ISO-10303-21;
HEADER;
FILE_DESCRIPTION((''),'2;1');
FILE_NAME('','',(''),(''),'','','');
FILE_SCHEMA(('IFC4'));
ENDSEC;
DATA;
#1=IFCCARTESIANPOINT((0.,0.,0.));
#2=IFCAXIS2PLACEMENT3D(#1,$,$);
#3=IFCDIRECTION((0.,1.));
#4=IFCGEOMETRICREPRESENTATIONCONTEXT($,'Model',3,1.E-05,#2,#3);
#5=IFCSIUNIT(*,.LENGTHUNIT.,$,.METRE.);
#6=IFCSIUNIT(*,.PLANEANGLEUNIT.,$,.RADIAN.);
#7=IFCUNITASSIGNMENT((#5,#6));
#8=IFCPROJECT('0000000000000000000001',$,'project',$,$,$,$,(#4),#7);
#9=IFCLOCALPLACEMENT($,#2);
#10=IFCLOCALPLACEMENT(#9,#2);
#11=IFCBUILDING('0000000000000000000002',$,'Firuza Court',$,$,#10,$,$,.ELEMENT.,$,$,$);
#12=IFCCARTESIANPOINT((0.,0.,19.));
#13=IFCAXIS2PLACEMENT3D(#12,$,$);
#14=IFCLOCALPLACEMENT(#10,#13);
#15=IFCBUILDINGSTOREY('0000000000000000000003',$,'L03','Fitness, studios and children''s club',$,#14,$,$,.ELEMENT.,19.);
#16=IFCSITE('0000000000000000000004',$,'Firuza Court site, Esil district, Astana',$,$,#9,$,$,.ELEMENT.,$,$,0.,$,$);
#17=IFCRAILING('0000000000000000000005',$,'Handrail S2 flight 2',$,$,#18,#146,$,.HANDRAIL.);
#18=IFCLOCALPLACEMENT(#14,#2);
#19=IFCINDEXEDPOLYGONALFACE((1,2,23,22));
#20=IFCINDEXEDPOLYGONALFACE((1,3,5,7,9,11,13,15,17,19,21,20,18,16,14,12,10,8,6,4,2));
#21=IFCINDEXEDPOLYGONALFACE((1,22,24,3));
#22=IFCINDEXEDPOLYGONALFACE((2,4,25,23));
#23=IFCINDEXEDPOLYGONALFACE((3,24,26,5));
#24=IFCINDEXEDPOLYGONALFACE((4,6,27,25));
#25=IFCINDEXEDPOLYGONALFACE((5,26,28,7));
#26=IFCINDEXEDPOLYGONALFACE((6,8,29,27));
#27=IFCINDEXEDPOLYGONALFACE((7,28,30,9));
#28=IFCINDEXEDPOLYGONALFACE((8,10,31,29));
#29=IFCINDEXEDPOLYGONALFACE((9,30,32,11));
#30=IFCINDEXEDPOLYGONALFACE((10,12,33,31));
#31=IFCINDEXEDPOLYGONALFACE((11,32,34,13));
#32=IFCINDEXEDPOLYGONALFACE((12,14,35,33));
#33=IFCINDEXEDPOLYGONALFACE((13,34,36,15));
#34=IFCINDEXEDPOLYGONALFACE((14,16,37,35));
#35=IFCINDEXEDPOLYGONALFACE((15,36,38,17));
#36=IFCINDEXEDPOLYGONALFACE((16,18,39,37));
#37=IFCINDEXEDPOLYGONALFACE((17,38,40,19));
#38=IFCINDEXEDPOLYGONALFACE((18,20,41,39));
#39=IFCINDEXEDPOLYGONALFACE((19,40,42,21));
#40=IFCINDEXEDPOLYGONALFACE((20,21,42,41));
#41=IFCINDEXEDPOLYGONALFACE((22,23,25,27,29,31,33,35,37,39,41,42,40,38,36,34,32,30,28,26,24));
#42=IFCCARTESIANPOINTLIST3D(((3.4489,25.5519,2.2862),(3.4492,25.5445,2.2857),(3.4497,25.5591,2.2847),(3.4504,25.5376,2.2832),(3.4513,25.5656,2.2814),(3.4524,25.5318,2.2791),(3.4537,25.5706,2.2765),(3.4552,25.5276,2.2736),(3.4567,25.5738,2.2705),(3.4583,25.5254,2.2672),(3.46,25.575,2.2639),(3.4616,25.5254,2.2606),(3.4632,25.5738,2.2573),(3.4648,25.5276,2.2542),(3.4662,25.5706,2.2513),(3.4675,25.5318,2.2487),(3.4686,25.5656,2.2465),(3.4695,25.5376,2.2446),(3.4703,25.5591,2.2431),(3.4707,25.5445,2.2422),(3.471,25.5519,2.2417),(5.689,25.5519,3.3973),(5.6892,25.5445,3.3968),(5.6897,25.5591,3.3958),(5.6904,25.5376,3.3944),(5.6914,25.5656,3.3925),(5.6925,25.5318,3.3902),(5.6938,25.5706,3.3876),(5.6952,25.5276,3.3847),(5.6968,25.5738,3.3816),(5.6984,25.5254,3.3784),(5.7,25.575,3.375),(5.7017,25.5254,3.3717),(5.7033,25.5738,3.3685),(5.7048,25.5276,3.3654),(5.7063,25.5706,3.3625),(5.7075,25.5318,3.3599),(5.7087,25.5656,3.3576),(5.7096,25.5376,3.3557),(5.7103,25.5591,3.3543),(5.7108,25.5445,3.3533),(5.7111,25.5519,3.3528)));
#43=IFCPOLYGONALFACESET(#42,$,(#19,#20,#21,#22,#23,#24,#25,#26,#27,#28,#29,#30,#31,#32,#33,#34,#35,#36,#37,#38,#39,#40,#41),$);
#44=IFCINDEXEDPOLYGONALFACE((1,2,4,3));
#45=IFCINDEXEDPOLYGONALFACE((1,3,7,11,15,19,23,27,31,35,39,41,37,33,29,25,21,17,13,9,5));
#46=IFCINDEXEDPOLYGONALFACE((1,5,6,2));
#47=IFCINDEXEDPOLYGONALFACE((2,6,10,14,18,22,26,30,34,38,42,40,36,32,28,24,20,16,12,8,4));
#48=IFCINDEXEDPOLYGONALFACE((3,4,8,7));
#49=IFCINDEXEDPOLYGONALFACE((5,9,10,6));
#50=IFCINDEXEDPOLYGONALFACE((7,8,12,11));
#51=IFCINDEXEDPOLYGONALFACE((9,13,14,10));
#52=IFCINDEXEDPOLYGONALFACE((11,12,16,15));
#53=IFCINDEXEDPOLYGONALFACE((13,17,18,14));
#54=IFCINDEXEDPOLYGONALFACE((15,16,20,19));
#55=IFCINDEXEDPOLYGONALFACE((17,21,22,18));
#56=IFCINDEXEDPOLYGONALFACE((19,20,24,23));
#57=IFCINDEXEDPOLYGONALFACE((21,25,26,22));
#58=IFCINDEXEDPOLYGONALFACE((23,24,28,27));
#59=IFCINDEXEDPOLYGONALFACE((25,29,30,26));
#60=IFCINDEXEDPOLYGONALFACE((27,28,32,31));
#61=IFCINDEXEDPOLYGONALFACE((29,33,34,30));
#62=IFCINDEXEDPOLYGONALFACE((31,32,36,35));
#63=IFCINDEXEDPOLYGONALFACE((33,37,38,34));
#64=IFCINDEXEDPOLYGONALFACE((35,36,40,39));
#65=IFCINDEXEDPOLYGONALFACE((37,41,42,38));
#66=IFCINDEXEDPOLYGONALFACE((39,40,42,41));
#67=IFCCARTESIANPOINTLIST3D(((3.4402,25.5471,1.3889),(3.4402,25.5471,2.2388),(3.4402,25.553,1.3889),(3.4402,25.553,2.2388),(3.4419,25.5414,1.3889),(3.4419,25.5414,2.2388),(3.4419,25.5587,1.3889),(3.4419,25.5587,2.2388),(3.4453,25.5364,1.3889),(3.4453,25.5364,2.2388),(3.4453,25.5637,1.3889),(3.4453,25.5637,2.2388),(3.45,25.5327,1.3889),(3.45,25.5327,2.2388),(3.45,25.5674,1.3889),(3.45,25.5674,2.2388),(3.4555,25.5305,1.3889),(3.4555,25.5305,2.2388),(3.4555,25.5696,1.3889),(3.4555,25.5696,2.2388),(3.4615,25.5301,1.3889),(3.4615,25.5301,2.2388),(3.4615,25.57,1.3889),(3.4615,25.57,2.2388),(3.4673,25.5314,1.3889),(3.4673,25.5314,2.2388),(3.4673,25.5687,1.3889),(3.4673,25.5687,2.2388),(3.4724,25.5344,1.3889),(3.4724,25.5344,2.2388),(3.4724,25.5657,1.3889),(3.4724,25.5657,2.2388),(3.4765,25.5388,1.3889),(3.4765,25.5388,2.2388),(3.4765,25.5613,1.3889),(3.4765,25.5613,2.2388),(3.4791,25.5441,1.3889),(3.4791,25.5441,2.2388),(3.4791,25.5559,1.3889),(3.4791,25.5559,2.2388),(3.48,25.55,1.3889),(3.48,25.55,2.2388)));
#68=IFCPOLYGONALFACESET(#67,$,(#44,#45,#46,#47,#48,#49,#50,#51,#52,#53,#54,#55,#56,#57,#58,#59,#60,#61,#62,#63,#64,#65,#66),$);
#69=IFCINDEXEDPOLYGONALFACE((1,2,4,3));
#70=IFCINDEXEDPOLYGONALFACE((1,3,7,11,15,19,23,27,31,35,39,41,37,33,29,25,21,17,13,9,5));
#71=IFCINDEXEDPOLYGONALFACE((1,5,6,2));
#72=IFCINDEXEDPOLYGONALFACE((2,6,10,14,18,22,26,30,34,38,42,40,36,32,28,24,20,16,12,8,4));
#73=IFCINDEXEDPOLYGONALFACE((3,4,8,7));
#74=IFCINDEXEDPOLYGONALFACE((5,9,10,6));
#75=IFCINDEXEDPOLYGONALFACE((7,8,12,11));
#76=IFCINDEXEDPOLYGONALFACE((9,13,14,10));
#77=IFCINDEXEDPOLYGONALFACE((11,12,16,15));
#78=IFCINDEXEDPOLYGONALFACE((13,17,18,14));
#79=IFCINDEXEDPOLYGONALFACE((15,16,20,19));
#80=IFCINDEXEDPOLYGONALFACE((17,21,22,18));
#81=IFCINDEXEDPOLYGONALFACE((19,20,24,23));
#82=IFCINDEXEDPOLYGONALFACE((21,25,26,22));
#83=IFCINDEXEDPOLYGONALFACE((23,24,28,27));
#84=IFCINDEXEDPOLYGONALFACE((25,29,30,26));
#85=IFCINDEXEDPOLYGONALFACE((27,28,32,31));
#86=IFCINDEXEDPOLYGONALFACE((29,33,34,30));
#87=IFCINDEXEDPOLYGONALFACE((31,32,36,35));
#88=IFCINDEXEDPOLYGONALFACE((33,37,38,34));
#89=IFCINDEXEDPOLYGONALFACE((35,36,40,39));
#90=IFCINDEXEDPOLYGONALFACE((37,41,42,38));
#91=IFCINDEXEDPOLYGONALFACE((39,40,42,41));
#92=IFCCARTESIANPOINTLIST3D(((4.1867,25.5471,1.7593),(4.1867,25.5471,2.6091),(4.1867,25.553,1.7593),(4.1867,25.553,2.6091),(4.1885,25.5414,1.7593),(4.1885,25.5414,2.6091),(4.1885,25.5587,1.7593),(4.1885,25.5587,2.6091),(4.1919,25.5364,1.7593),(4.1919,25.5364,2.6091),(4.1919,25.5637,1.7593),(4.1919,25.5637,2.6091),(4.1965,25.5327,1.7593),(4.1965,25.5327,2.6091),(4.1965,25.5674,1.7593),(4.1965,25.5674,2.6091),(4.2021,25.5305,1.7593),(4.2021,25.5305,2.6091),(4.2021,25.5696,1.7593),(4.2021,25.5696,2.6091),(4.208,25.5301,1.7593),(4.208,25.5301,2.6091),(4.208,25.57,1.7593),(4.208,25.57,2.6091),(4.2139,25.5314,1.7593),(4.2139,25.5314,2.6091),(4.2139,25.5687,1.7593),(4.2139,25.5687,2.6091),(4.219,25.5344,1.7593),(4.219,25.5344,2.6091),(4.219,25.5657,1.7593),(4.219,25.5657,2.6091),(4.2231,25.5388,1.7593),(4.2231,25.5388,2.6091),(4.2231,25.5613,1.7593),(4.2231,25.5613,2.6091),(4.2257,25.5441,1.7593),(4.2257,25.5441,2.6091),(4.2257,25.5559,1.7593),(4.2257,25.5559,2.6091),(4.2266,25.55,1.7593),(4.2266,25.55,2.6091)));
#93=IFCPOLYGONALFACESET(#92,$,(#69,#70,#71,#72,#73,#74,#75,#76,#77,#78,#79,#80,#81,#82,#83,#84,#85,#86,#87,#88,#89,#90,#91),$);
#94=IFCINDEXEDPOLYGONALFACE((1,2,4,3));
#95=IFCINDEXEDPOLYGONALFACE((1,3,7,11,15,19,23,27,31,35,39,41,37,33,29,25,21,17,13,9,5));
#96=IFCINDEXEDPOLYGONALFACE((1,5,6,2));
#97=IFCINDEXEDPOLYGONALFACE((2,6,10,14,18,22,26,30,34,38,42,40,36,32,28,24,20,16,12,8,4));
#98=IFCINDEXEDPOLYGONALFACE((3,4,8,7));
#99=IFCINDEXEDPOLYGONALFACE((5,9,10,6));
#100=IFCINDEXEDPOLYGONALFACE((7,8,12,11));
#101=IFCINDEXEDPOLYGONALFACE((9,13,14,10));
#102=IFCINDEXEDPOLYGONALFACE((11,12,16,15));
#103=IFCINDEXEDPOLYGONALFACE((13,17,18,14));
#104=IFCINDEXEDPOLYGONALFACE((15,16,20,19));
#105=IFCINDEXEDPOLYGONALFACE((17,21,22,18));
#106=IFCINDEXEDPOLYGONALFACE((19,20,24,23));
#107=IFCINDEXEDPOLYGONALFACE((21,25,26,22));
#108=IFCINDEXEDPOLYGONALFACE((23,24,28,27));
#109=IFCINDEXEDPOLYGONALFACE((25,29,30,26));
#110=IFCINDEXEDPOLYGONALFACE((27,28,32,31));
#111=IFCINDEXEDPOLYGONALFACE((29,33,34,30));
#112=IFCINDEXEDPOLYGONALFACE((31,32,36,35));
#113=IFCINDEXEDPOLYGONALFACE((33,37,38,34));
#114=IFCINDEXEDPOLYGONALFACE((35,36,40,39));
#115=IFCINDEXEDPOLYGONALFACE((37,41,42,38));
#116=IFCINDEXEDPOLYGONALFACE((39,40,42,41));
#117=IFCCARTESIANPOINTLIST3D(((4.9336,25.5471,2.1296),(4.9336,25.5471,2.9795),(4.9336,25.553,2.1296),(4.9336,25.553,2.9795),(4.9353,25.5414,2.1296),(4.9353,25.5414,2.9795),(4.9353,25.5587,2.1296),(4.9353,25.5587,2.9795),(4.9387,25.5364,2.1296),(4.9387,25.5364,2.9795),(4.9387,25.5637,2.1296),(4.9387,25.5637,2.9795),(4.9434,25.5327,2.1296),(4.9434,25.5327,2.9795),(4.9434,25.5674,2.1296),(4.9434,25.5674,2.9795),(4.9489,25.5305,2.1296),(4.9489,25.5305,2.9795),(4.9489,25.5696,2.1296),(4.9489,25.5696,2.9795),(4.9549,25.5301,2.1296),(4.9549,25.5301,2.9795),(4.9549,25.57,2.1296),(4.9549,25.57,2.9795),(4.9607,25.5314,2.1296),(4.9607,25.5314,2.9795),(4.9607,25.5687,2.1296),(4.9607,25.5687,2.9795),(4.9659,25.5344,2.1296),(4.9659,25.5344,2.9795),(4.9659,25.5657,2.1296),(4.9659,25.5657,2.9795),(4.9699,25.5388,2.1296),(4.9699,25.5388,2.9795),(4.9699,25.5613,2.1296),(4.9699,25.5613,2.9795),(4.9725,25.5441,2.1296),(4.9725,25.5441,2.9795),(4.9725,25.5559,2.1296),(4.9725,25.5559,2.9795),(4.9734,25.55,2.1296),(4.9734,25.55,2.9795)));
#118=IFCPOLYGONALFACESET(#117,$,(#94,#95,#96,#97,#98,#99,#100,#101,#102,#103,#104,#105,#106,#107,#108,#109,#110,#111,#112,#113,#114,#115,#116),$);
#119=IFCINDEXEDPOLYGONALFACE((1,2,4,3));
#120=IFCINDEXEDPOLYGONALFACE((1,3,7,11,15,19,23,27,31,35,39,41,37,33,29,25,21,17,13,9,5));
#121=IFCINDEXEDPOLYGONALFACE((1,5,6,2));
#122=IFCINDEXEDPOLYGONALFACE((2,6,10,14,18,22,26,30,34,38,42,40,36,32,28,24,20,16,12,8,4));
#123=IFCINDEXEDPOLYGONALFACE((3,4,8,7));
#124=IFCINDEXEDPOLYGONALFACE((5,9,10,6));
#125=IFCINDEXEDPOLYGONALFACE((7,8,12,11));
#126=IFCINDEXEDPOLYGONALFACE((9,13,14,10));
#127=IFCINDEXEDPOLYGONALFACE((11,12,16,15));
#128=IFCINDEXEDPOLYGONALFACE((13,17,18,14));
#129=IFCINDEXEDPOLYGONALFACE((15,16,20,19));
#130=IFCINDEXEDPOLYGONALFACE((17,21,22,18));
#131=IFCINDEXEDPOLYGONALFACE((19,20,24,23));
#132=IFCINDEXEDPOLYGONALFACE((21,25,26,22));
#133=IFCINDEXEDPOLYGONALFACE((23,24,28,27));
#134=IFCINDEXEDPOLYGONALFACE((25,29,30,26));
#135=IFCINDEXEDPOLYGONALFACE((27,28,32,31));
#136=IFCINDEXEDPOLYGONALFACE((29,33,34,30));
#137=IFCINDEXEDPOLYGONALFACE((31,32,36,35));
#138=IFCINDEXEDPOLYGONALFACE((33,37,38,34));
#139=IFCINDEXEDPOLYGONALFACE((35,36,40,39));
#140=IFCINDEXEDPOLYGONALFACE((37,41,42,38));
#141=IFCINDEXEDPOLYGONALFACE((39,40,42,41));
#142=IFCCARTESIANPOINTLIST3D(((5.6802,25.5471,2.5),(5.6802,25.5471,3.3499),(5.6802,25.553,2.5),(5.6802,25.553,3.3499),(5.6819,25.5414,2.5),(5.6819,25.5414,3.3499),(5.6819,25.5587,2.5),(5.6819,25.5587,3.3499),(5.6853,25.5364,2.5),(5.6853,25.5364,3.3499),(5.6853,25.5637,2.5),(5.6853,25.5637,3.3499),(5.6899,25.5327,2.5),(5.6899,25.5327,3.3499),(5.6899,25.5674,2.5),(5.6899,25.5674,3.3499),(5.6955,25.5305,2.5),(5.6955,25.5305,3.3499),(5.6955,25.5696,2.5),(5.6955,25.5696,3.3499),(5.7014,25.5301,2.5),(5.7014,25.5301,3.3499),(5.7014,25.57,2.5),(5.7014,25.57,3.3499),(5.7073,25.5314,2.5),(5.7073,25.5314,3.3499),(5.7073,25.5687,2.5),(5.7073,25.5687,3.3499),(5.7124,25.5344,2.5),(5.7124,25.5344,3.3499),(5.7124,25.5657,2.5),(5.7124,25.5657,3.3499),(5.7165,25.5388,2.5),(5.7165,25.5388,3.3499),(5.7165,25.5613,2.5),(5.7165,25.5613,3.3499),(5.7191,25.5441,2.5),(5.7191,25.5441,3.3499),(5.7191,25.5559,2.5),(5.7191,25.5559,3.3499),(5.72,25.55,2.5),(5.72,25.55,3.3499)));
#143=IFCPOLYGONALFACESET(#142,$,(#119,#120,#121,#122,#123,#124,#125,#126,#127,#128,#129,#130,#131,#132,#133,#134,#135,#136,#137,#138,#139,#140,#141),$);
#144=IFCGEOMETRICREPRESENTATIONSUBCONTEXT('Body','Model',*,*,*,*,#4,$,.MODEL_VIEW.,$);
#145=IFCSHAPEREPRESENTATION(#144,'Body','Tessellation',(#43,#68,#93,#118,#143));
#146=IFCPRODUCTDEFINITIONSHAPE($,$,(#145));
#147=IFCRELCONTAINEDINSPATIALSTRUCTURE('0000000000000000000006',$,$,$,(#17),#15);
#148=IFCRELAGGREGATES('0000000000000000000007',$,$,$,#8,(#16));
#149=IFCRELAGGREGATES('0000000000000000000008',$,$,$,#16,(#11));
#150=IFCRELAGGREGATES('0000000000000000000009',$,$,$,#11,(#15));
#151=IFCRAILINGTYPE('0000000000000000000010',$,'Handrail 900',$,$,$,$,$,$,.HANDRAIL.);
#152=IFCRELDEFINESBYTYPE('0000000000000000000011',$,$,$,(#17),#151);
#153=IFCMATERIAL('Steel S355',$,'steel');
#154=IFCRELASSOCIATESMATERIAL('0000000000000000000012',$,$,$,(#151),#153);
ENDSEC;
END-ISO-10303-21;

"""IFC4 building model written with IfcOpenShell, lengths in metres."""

from ifc_helpers import new_model, si_unit, direction, frame, origin, origin_2d, place, context, subcontext, project, spatial, circle, extrude, material, type_object, element, save


model = new_model("IFC4")

# Units and contexts
model_context = context("Model", 3, precision=1e-05, world=origin(), true_north=direction((0.0, 1.0)))
body_context = subcontext(model_context, "Body", "Model", "MODEL_VIEW")
ifc_project = project(units=[si_unit("LENGTHUNIT", "METRE"), si_unit("PLANEANGLEUNIT", "RADIAN")], contexts=[model_context])

# Site, building, storey
site_placement = place(None, origin())
site = spatial("IfcSite", under=ifc_project, at=site_placement, Name="Firuza Court site, Esil district, Astana", CompositionType="ELEMENT", RefElevation=0.0)
building_placement = place(site_placement, origin())
building = spatial("IfcBuilding", under=site, at=building_placement, Name="Firuza Court", CompositionType="ELEMENT")
storey_placement = place(building_placement, frame((0.0, 0.0, 19.0)))
storey = spatial("IfcBuildingStorey", under=building, at=storey_placement, Name="L03", Description="Fitness, studios and children's club", CompositionType="ELEMENT", Elevation=19.0)

# Railing
ifc_material_1 = material(Name="Steel S355", Category="steel")
railing_type = type_object("IfcRailingType", Name="Handrail 900", PredefinedType="HANDRAIL", material=ifc_material_1)
for number, where, name in (
    (1, (3.46, 25.55, 1.3889), "Handrail S2 flight 2"),
):
    element("IfcRailing", number, at=place(storey_placement, frame(where)), inside=storey, type_object=railing_type, Name=name, PredefinedType="HANDRAIL", context=body_context, shape_type="SweptSolid", body=[
        extrude(circle(Radius=0.0249, at=origin_2d()), frame((0.0, 0.0, 0.875), z_axis=(0.895848, 0.0, 0.44436), x_axis=(0.0, 1.0, 0.0)), (0.0, 0.0, 1.0), 2.5005),
        extrude(circle(Radius=0.02, at=origin_2d()), origin(), (0.0, 0.0, 1.0), 0.8499),
        extrude(circle(Radius=0.02, at=origin_2d()), frame((0.7466, 0.0, 0.3704)), (0.0, 0.0, 1.0), 0.8499),
        extrude(circle(Radius=0.02, at=origin_2d()), frame((1.4934, 0.0, 0.7407)), (0.0, 0.0, 1.0), 0.8499),
        extrude(circle(Radius=0.02, at=origin_2d()), frame((2.24, 0.0, 1.1111)), (0.0, 0.0, 1.0), 0.8499),
    ])

save(model, "model.ifc")
